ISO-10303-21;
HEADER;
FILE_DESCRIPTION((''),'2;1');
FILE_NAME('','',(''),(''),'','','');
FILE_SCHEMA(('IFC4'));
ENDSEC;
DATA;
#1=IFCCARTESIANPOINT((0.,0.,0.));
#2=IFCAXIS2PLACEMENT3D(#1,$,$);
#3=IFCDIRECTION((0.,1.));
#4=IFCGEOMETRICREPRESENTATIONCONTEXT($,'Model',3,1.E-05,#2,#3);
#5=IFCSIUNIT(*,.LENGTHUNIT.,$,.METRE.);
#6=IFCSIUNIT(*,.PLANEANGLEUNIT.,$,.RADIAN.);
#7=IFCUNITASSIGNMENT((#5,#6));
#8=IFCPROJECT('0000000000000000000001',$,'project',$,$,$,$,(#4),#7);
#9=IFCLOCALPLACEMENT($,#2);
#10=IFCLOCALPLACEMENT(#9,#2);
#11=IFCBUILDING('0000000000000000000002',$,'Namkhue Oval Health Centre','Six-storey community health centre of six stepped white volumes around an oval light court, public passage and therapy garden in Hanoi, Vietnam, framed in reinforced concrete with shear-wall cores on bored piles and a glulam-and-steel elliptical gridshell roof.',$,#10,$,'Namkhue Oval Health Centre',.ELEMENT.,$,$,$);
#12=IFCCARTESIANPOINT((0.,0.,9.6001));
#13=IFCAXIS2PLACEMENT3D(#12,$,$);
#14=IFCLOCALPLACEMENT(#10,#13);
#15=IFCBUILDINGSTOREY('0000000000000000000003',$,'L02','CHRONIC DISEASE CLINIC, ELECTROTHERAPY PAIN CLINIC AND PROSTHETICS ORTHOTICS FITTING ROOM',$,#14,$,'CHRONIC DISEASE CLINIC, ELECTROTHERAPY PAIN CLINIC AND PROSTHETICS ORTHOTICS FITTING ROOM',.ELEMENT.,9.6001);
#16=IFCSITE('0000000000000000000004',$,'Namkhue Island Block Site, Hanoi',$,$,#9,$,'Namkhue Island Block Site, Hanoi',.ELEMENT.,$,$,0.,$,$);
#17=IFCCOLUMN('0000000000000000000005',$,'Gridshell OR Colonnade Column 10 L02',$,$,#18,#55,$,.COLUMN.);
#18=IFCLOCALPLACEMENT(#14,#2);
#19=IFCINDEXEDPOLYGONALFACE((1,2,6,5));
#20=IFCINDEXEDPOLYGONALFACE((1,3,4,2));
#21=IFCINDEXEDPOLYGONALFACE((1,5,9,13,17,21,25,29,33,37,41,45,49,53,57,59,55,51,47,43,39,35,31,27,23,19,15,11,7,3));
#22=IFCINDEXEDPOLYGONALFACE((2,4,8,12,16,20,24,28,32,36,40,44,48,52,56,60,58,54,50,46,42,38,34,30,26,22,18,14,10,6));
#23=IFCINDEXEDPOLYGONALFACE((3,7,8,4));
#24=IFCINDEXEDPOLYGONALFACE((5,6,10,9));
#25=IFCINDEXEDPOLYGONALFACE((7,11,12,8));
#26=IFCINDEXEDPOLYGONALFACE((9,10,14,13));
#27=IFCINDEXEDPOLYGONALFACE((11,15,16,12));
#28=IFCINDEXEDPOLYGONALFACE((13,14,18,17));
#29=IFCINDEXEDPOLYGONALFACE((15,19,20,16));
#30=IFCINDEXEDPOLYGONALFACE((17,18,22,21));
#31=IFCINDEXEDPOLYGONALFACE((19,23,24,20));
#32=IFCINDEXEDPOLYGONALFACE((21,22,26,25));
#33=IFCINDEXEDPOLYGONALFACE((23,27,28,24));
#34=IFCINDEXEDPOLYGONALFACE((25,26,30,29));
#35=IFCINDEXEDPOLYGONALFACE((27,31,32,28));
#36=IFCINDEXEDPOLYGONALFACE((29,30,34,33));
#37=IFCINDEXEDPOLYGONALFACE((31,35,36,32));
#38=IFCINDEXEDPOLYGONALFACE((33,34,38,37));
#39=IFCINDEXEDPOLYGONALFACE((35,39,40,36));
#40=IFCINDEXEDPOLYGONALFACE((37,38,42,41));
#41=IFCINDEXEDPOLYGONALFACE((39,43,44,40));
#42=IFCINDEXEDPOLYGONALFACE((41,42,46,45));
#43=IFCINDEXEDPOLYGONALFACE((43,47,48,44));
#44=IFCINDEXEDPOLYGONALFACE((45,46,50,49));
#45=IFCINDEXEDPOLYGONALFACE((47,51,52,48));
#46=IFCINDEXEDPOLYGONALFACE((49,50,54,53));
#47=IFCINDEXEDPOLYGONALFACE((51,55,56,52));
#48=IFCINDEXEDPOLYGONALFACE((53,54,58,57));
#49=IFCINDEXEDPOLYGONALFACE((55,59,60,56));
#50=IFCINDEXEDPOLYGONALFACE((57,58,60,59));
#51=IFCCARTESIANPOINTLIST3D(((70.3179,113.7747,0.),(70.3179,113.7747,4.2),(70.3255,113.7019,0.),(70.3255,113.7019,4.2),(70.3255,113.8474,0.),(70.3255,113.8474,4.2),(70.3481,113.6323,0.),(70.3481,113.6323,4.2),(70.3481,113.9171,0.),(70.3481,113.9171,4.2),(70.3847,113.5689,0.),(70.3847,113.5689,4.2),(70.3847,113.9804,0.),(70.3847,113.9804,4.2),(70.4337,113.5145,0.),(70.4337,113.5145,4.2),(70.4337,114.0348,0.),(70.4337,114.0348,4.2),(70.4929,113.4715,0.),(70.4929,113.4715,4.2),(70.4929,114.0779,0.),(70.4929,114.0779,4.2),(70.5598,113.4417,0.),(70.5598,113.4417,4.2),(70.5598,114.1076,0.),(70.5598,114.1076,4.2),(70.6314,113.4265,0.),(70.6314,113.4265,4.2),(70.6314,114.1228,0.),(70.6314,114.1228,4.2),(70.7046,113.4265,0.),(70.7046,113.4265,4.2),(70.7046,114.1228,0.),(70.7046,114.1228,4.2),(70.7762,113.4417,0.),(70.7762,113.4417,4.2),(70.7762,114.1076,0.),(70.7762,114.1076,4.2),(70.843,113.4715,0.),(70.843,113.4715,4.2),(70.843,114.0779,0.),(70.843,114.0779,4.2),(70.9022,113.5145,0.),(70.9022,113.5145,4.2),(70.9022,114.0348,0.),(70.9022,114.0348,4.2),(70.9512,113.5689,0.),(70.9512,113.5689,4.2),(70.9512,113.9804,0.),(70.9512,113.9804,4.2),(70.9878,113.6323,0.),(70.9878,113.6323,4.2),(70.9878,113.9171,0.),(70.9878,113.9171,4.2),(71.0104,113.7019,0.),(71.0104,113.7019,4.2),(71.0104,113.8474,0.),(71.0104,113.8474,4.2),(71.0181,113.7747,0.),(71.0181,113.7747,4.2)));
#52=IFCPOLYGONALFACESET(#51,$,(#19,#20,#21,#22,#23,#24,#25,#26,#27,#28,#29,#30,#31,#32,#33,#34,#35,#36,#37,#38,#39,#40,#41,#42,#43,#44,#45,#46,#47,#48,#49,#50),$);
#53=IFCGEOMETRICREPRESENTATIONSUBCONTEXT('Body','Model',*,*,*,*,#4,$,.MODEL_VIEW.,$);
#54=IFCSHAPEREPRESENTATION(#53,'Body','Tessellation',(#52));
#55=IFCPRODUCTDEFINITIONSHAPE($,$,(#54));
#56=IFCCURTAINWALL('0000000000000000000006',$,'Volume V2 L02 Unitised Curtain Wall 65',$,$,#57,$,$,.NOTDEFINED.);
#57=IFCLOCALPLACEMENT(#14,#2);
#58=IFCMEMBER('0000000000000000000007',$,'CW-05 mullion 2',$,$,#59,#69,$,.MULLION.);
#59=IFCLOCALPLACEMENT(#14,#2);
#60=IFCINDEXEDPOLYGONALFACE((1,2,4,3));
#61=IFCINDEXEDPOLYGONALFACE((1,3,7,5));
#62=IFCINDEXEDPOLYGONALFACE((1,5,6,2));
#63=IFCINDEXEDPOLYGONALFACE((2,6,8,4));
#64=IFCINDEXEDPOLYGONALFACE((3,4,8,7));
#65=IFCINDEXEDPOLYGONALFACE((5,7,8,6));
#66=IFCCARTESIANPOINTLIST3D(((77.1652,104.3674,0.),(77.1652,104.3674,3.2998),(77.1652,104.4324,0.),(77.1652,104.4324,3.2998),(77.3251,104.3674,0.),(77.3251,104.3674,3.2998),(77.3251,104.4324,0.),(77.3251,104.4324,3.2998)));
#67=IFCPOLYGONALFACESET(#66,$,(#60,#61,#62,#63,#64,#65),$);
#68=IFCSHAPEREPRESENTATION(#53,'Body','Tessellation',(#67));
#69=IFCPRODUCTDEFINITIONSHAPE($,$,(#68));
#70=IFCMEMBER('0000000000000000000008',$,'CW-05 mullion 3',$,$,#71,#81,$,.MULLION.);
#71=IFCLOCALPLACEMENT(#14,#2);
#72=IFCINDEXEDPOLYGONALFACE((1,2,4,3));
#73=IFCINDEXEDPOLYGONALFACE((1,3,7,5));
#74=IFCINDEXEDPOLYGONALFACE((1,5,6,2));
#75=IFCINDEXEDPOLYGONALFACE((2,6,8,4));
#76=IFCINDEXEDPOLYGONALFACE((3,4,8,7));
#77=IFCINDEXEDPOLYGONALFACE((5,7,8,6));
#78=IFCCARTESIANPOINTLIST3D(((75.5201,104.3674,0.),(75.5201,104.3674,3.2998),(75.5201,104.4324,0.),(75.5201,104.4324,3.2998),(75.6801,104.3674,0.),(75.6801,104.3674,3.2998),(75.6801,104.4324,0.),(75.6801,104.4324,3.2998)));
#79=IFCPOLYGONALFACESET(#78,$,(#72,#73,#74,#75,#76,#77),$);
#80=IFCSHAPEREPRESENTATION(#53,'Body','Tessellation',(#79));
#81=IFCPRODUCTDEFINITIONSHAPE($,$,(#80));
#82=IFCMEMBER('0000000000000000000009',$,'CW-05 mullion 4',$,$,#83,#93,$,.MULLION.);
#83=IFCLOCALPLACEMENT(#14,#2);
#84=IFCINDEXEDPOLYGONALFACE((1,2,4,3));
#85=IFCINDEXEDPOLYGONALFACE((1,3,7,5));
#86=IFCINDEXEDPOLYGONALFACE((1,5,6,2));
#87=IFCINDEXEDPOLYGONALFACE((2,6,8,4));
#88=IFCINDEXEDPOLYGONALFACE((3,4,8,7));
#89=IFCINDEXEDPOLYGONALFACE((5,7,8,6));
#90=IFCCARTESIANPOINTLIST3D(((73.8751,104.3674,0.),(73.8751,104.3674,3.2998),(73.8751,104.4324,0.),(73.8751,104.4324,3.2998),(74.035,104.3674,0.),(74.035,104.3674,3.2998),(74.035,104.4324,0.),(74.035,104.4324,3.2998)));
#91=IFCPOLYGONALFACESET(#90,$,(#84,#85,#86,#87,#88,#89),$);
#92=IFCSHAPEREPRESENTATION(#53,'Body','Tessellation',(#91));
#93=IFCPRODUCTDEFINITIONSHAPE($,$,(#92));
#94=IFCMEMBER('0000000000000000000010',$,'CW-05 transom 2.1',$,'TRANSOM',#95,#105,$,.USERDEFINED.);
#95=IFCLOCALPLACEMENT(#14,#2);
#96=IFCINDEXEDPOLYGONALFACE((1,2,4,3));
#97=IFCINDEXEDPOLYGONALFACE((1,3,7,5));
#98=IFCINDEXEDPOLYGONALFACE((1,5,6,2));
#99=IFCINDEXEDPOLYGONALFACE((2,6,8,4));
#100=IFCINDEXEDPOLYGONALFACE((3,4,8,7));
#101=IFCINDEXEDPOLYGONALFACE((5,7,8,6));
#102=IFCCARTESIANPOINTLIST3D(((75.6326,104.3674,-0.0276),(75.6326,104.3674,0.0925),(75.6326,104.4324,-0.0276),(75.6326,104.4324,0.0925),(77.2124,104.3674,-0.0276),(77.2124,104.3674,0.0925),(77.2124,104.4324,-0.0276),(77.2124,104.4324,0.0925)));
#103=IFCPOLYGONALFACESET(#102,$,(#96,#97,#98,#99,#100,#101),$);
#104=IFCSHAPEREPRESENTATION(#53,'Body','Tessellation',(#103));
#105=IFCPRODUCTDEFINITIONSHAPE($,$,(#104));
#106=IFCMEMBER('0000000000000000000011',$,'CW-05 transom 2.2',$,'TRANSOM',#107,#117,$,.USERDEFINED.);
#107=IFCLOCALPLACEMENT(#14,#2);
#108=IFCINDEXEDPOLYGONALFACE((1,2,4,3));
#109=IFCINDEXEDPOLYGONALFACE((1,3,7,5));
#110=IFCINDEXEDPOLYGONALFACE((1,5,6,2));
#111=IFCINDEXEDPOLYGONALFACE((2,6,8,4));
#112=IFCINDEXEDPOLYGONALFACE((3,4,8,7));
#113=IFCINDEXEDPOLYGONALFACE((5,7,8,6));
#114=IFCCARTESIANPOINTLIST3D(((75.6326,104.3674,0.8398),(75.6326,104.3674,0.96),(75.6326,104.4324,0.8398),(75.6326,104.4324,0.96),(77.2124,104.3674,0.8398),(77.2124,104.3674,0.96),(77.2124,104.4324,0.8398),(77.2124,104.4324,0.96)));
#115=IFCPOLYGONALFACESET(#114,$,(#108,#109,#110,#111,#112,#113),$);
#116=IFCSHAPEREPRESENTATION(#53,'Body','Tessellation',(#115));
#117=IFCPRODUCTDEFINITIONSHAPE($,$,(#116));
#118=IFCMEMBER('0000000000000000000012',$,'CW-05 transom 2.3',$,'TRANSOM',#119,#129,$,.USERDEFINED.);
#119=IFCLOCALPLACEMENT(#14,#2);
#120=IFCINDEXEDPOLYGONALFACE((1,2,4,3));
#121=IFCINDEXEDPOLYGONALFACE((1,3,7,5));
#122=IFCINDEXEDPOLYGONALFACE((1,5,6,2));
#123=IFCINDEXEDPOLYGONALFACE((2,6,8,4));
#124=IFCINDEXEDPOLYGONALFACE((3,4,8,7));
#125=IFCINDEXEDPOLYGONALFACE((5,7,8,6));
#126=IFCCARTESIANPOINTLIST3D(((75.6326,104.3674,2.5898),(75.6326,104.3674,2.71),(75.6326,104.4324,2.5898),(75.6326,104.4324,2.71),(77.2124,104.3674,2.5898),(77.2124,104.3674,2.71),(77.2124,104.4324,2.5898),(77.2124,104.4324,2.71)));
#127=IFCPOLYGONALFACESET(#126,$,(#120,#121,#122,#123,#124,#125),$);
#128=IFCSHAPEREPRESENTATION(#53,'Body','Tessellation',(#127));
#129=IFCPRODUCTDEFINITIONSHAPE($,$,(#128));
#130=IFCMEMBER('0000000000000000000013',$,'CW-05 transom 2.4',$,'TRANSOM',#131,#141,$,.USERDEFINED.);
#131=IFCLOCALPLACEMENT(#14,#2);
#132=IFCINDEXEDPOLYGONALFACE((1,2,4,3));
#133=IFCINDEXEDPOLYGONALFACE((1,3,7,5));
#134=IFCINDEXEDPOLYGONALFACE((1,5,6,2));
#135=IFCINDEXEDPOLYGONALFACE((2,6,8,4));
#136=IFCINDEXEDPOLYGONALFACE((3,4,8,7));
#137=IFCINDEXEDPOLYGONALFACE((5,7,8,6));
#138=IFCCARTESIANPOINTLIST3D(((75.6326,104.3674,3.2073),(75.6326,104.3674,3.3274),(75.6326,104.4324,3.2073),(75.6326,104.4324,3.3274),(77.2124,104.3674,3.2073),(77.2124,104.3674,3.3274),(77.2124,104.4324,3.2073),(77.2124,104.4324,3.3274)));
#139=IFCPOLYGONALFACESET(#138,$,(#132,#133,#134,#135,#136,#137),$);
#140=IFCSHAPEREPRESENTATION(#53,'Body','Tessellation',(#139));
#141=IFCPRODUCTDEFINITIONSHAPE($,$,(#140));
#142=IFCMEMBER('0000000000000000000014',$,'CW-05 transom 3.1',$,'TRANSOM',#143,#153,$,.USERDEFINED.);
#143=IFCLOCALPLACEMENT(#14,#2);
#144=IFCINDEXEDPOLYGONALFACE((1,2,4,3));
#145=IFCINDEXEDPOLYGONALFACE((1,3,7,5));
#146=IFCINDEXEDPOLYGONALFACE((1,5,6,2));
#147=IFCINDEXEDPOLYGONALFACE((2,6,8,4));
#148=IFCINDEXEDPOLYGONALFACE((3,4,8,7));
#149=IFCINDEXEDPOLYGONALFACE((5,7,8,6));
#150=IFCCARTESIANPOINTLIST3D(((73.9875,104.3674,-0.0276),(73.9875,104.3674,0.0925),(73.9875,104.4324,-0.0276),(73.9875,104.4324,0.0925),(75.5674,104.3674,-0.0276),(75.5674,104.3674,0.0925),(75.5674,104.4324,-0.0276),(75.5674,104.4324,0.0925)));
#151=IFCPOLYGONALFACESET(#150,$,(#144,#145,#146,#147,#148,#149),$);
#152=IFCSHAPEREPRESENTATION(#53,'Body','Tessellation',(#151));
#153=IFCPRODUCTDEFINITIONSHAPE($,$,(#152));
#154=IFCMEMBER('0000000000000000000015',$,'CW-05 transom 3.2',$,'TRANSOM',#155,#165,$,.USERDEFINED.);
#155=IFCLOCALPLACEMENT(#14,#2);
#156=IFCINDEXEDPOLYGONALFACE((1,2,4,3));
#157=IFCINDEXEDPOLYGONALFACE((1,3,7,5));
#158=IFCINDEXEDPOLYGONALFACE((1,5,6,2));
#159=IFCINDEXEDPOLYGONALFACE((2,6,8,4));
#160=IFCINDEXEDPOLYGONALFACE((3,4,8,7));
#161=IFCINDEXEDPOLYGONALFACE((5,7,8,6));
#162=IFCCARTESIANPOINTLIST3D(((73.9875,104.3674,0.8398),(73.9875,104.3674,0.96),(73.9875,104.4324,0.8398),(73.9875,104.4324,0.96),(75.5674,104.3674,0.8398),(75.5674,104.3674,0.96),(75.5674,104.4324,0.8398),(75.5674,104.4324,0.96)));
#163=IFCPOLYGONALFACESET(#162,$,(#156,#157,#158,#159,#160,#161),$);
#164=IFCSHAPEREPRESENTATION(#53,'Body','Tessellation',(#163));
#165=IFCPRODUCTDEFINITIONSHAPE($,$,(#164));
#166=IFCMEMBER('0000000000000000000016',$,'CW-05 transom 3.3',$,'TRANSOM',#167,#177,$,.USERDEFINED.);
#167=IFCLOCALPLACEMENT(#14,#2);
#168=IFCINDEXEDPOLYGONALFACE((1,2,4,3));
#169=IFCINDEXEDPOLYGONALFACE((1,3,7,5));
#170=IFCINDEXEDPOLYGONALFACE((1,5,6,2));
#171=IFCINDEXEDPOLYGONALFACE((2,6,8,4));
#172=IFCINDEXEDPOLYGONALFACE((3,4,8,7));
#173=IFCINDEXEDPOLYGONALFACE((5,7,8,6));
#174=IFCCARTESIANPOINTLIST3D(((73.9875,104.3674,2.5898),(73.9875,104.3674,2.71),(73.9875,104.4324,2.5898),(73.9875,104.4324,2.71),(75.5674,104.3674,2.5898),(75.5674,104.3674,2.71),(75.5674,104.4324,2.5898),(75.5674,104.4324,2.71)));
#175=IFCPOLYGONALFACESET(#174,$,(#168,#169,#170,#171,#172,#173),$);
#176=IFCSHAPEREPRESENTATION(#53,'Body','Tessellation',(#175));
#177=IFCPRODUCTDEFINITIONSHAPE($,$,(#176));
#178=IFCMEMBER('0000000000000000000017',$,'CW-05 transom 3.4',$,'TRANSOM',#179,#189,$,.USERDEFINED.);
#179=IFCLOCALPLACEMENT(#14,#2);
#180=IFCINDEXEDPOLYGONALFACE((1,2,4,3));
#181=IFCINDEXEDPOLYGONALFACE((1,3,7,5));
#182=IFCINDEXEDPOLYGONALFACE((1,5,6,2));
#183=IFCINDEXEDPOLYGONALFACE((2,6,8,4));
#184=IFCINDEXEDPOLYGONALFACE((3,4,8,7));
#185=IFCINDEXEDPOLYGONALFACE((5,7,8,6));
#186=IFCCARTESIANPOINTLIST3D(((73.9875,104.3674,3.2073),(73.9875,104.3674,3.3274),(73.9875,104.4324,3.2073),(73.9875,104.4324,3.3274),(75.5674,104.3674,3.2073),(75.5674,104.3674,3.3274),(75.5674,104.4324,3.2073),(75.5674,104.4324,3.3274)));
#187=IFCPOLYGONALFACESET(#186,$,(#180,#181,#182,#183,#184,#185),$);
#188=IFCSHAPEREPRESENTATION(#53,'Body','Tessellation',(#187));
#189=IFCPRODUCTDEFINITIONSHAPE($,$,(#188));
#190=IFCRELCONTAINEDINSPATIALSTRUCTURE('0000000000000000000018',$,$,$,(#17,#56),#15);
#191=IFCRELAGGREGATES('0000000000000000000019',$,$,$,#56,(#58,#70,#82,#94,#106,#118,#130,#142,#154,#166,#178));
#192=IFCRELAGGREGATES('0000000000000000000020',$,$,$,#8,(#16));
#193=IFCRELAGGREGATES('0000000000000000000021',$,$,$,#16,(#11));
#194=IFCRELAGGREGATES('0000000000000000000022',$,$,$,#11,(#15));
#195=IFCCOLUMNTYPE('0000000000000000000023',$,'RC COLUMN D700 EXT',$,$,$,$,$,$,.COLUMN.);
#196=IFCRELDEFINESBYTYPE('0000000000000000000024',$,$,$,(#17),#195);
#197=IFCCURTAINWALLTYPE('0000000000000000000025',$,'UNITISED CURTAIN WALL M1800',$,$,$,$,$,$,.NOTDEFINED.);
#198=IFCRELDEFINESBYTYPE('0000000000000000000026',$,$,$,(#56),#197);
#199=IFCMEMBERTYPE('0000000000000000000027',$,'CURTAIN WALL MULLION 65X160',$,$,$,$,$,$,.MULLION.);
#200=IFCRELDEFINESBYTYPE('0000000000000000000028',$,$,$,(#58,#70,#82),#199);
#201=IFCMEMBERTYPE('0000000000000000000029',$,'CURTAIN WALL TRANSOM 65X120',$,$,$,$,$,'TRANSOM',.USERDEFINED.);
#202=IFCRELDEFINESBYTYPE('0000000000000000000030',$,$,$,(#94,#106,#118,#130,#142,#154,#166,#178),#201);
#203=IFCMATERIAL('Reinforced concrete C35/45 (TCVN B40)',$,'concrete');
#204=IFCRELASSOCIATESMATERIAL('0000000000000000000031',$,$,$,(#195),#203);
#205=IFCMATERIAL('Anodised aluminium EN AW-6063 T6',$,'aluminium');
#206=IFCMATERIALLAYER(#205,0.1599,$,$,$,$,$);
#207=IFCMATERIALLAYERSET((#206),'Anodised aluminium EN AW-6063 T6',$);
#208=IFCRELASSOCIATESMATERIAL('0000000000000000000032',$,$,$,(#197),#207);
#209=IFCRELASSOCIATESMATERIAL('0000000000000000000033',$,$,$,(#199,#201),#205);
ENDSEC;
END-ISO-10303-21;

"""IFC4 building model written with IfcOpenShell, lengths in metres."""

from ifc_helpers import new_model, si_unit, direction, frame, origin, origin_2d, place, context, subcontext, project, spatial, rectangle, circle, extrude, material, layer, layer_set, material_profile, profile_set, type_object, element, aggregate, save


model = new_model("IFC4")

# Units and contexts
model_context = context("Model", 3, precision=1e-05, world=origin(), true_north=direction((0.0, 1.0)))
body_context = subcontext(model_context, "Body", "Model", "MODEL_VIEW")
ifc_project = project(units=[si_unit("LENGTHUNIT", "METRE"), si_unit("PLANEANGLEUNIT", "RADIAN")], contexts=[model_context])

# Site, building, storey
site_placement = place(None, origin())
site = spatial("IfcSite", under=ifc_project, at=site_placement, Name="Namkhue Island Block Site, Hanoi", LongName="Namkhue Island Block Site, Hanoi", CompositionType="ELEMENT", RefElevation=0.0)
building_placement = place(site_placement, origin())
building = spatial("IfcBuilding", under=site, at=building_placement, Name="Namkhue Oval Health Centre", Description="Six-storey community health centre of six stepped white volumes around an oval light court, public passage and therapy garden in Hanoi, Vietnam, framed in reinforced concrete with shear-wall cores on bored piles and a glulam-and-steel elliptical gridshell roof.", LongName="Namkhue Oval Health Centre", CompositionType="ELEMENT")
storey_placement = place(building_placement, frame((0.0, 0.0, 9.6001)))
storey = spatial("IfcBuildingStorey", under=building, at=storey_placement, Name="L02", Description="CHRONIC DISEASE CLINIC, ELECTROTHERAPY PAIN CLINIC AND PROSTHETICS ORTHOTICS FITTING ROOM", LongName="CHRONIC DISEASE CLINIC, ELECTROTHERAPY PAIN CLINIC AND PROSTHETICS ORTHOTICS FITTING ROOM", CompositionType="ELEMENT", Elevation=9.6001)

# Column
ifc_material_1 = material(Name="Reinforced concrete C35/45 (TCVN B40)", Category="concrete")
ifc_material_profile_1 = material_profile(ifc_material_1, circle(Radius=0.3501, at=origin_2d()), Name="RC D700")
ifc_profile_set_1 = profile_set([ifc_material_profile_1], Name="Reinforced concrete C35/45 (TCVN B40)")
column_type = type_object("IfcColumnType", Name="RC COLUMN D700 EXT", PredefinedType="COLUMN", material=ifc_profile_set_1)
column_placement = place(storey_placement, frame((70.668, 113.7747, 0.0), z_axis=(0.0, 0.0, 1.0), x_axis=(1.0, 0.0, 0.0)))
element("IfcColumn", 1, at=column_placement, inside=storey, type_object=column_type, Name="Gridshell OR Colonnade Column 10 L02", PredefinedType="COLUMN", context=body_context, shape_type="SweptSolid", body=[
    extrude(circle(Radius=0.3501, at=origin_2d()), origin(), (0.0, 0.0, 1.0), 4.2),
])

# Curtain wall, members
ifc_material_2 = material(Name="Anodised aluminium EN AW-6063 T6", Category="aluminium")
ifc_layer_1 = layer(ifc_material_2, 0.1599)
ifc_layer_set_1 = layer_set([ifc_layer_1], Name="Anodised aluminium EN AW-6063 T6")
curtain_wall_type = type_object("IfcCurtainWallType", Name="UNITISED CURTAIN WALL M1800", PredefinedType="NOTDEFINED", material=ifc_layer_set_1)
curtain_wall_placement = place(storey_placement, origin())
curtain_wall = element("IfcCurtainWall", 2, at=curtain_wall_placement, inside=storey, type_object=curtain_wall_type, Name="Volume V2 L02 Unitised Curtain Wall 65", PredefinedType="NOTDEFINED")
ifc_material_profile_2 = material_profile(ifc_material_2, rectangle(XDim=0.0649, YDim=0.1599, at=origin_2d()), Name="ALU 65x160")
ifc_profile_set_2 = profile_set([ifc_material_profile_2], Name="Anodised aluminium EN AW-6063 T6")
member_type_1 = type_object("IfcMemberType", Name="CURTAIN WALL MULLION 65X160", PredefinedType="MULLION", material=ifc_profile_set_2)
member_1_placement = place(storey_placement, frame((77.2451, 104.3999, 0.0), z_axis=(0.0, 0.0, 1.0), x_axis=(0.0, -1.0, 0.0)))
member_1 = element("IfcMember", 3, at=member_1_placement, type_object=member_type_1, Name="CW-05 mullion 2", PredefinedType="MULLION", context=body_context, shape_type="SweptSolid", body=[
    extrude(rectangle(XDim=0.0649, YDim=0.1599, at=origin_2d()), origin(), (0.0, 0.0, 1.0), 3.2998),
])
member_2_placement = place(storey_placement, frame((75.6001, 104.3999, 0.0), z_axis=(0.0, 0.0, 1.0), x_axis=(0.0, -1.0, 0.0)))
member_2 = element("IfcMember", 4, at=member_2_placement, type_object=member_type_1, Name="CW-05 mullion 3", PredefinedType="MULLION", context=body_context, shape_type="SweptSolid", body=[
    extrude(rectangle(XDim=0.0649, YDim=0.1599, at=origin_2d()), origin(), (0.0, 0.0, 1.0), 3.2998),
])
member_3_placement = place(storey_placement, frame((73.9551, 104.3999, 0.0), z_axis=(0.0, 0.0, 1.0), x_axis=(0.0, -1.0, 0.0)))
member_3 = element("IfcMember", 5, at=member_3_placement, type_object=member_type_1, Name="CW-05 mullion 4", PredefinedType="MULLION", context=body_context, shape_type="SweptSolid", body=[
    extrude(rectangle(XDim=0.0649, YDim=0.1599, at=origin_2d()), origin(), (0.0, 0.0, 1.0), 3.2998),
])
ifc_material_profile_3 = material_profile(ifc_material_2, rectangle(XDim=0.0649, YDim=0.1201, at=origin_2d()), Name="ALU 65x120")
ifc_profile_set_3 = profile_set([ifc_material_profile_3], Name="Anodised aluminium EN AW-6063 T6")
member_type_2 = type_object("IfcMemberType", Name="CURTAIN WALL TRANSOM 65X120", ElementType="TRANSOM", PredefinedType="USERDEFINED", material=ifc_profile_set_3)
member_4_placement = place(storey_placement, frame((77.2124, 104.3999, 0.0325), z_axis=(-1.0, 0.0, 0.0), x_axis=(0.0, -1.0, 0.0)))
member_4 = element("IfcMember", 6, at=member_4_placement, type_object=member_type_2, Name="CW-05 transom 2.1", ObjectType="TRANSOM", PredefinedType="USERDEFINED", context=body_context, shape_type="SweptSolid", body=[
    extrude(rectangle(XDim=0.0649, YDim=0.1201, at=origin_2d()), origin(), (0.0, 0.0, 1.0), 1.5798),
])
member_5_placement = place(storey_placement, frame((77.2124, 104.3999, 0.8999), z_axis=(-1.0, 0.0, 0.0), x_axis=(0.0, -1.0, 0.0)))
member_5 = element("IfcMember", 7, at=member_5_placement, type_object=member_type_2, Name="CW-05 transom 2.2", ObjectType="TRANSOM", PredefinedType="USERDEFINED", context=body_context, shape_type="SweptSolid", body=[
    extrude(rectangle(XDim=0.0649, YDim=0.1201, at=origin_2d()), origin(), (0.0, 0.0, 1.0), 1.5798),
])
member_6_placement = place(storey_placement, frame((77.2124, 104.3999, 2.6499), z_axis=(-1.0, 0.0, 0.0), x_axis=(0.0, -1.0, 0.0)))
member_6 = element("IfcMember", 8, at=member_6_placement, type_object=member_type_2, Name="CW-05 transom 2.3", ObjectType="TRANSOM", PredefinedType="USERDEFINED", context=body_context, shape_type="SweptSolid", body=[
    extrude(rectangle(XDim=0.0649, YDim=0.1201, at=origin_2d()), origin(), (0.0, 0.0, 1.0), 1.5798),
])
member_7_placement = place(storey_placement, frame((77.2124, 104.3999, 3.2673), z_axis=(-1.0, 0.0, 0.0), x_axis=(0.0, -1.0, 0.0)))
member_7 = element("IfcMember", 9, at=member_7_placement, type_object=member_type_2, Name="CW-05 transom 2.4", ObjectType="TRANSOM", PredefinedType="USERDEFINED", context=body_context, shape_type="SweptSolid", body=[
    extrude(rectangle(XDim=0.0649, YDim=0.1201, at=origin_2d()), origin(), (0.0, 0.0, 1.0), 1.5798),
])
member_8_placement = place(storey_placement, frame((75.5674, 104.3999, 0.0325), z_axis=(-1.0, 0.0, 0.0), x_axis=(0.0, -1.0, 0.0)))
member_8 = element("IfcMember", 10, at=member_8_placement, type_object=member_type_2, Name="CW-05 transom 3.1", ObjectType="TRANSOM", PredefinedType="USERDEFINED", context=body_context, shape_type="SweptSolid", body=[
    extrude(rectangle(XDim=0.0649, YDim=0.1201, at=origin_2d()), origin(), (0.0, 0.0, 1.0), 1.5798),
])
member_9_placement = place(storey_placement, frame((75.5674, 104.3999, 0.8999), z_axis=(-1.0, 0.0, 0.0), x_axis=(0.0, -1.0, 0.0)))
member_9 = element("IfcMember", 11, at=member_9_placement, type_object=member_type_2, Name="CW-05 transom 3.2", ObjectType="TRANSOM", PredefinedType="USERDEFINED", context=body_context, shape_type="SweptSolid", body=[
    extrude(rectangle(XDim=0.0649, YDim=0.1201, at=origin_2d()), origin(), (0.0, 0.0, 1.0), 1.5798),
])
member_10_placement = place(storey_placement, frame((75.5674, 104.3999, 2.6499), z_axis=(-1.0, 0.0, 0.0), x_axis=(0.0, -1.0, 0.0)))
member_10 = element("IfcMember", 12, at=member_10_placement, type_object=member_type_2, Name="CW-05 transom 3.3", ObjectType="TRANSOM", PredefinedType="USERDEFINED", context=body_context, shape_type="SweptSolid", body=[
    extrude(rectangle(XDim=0.0649, YDim=0.1201, at=origin_2d()), origin(), (0.0, 0.0, 1.0), 1.5798),
])
member_11_placement = place(storey_placement, frame((75.5674, 104.3999, 3.2673), z_axis=(-1.0, 0.0, 0.0), x_axis=(0.0, -1.0, 0.0)))
member_11 = element("IfcMember", 13, at=member_11_placement, type_object=member_type_2, Name="CW-05 transom 3.4", ObjectType="TRANSOM", PredefinedType="USERDEFINED", context=body_context, shape_type="SweptSolid", body=[
    extrude(rectangle(XDim=0.0649, YDim=0.1201, at=origin_2d()), origin(), (0.0, 0.0, 1.0), 1.5798),
])
aggregate(curtain_wall, [member_1, member_2, member_3, member_4, member_5, member_6, member_7, member_8, member_9, member_10, member_11])

save(model, "model.ifc")
